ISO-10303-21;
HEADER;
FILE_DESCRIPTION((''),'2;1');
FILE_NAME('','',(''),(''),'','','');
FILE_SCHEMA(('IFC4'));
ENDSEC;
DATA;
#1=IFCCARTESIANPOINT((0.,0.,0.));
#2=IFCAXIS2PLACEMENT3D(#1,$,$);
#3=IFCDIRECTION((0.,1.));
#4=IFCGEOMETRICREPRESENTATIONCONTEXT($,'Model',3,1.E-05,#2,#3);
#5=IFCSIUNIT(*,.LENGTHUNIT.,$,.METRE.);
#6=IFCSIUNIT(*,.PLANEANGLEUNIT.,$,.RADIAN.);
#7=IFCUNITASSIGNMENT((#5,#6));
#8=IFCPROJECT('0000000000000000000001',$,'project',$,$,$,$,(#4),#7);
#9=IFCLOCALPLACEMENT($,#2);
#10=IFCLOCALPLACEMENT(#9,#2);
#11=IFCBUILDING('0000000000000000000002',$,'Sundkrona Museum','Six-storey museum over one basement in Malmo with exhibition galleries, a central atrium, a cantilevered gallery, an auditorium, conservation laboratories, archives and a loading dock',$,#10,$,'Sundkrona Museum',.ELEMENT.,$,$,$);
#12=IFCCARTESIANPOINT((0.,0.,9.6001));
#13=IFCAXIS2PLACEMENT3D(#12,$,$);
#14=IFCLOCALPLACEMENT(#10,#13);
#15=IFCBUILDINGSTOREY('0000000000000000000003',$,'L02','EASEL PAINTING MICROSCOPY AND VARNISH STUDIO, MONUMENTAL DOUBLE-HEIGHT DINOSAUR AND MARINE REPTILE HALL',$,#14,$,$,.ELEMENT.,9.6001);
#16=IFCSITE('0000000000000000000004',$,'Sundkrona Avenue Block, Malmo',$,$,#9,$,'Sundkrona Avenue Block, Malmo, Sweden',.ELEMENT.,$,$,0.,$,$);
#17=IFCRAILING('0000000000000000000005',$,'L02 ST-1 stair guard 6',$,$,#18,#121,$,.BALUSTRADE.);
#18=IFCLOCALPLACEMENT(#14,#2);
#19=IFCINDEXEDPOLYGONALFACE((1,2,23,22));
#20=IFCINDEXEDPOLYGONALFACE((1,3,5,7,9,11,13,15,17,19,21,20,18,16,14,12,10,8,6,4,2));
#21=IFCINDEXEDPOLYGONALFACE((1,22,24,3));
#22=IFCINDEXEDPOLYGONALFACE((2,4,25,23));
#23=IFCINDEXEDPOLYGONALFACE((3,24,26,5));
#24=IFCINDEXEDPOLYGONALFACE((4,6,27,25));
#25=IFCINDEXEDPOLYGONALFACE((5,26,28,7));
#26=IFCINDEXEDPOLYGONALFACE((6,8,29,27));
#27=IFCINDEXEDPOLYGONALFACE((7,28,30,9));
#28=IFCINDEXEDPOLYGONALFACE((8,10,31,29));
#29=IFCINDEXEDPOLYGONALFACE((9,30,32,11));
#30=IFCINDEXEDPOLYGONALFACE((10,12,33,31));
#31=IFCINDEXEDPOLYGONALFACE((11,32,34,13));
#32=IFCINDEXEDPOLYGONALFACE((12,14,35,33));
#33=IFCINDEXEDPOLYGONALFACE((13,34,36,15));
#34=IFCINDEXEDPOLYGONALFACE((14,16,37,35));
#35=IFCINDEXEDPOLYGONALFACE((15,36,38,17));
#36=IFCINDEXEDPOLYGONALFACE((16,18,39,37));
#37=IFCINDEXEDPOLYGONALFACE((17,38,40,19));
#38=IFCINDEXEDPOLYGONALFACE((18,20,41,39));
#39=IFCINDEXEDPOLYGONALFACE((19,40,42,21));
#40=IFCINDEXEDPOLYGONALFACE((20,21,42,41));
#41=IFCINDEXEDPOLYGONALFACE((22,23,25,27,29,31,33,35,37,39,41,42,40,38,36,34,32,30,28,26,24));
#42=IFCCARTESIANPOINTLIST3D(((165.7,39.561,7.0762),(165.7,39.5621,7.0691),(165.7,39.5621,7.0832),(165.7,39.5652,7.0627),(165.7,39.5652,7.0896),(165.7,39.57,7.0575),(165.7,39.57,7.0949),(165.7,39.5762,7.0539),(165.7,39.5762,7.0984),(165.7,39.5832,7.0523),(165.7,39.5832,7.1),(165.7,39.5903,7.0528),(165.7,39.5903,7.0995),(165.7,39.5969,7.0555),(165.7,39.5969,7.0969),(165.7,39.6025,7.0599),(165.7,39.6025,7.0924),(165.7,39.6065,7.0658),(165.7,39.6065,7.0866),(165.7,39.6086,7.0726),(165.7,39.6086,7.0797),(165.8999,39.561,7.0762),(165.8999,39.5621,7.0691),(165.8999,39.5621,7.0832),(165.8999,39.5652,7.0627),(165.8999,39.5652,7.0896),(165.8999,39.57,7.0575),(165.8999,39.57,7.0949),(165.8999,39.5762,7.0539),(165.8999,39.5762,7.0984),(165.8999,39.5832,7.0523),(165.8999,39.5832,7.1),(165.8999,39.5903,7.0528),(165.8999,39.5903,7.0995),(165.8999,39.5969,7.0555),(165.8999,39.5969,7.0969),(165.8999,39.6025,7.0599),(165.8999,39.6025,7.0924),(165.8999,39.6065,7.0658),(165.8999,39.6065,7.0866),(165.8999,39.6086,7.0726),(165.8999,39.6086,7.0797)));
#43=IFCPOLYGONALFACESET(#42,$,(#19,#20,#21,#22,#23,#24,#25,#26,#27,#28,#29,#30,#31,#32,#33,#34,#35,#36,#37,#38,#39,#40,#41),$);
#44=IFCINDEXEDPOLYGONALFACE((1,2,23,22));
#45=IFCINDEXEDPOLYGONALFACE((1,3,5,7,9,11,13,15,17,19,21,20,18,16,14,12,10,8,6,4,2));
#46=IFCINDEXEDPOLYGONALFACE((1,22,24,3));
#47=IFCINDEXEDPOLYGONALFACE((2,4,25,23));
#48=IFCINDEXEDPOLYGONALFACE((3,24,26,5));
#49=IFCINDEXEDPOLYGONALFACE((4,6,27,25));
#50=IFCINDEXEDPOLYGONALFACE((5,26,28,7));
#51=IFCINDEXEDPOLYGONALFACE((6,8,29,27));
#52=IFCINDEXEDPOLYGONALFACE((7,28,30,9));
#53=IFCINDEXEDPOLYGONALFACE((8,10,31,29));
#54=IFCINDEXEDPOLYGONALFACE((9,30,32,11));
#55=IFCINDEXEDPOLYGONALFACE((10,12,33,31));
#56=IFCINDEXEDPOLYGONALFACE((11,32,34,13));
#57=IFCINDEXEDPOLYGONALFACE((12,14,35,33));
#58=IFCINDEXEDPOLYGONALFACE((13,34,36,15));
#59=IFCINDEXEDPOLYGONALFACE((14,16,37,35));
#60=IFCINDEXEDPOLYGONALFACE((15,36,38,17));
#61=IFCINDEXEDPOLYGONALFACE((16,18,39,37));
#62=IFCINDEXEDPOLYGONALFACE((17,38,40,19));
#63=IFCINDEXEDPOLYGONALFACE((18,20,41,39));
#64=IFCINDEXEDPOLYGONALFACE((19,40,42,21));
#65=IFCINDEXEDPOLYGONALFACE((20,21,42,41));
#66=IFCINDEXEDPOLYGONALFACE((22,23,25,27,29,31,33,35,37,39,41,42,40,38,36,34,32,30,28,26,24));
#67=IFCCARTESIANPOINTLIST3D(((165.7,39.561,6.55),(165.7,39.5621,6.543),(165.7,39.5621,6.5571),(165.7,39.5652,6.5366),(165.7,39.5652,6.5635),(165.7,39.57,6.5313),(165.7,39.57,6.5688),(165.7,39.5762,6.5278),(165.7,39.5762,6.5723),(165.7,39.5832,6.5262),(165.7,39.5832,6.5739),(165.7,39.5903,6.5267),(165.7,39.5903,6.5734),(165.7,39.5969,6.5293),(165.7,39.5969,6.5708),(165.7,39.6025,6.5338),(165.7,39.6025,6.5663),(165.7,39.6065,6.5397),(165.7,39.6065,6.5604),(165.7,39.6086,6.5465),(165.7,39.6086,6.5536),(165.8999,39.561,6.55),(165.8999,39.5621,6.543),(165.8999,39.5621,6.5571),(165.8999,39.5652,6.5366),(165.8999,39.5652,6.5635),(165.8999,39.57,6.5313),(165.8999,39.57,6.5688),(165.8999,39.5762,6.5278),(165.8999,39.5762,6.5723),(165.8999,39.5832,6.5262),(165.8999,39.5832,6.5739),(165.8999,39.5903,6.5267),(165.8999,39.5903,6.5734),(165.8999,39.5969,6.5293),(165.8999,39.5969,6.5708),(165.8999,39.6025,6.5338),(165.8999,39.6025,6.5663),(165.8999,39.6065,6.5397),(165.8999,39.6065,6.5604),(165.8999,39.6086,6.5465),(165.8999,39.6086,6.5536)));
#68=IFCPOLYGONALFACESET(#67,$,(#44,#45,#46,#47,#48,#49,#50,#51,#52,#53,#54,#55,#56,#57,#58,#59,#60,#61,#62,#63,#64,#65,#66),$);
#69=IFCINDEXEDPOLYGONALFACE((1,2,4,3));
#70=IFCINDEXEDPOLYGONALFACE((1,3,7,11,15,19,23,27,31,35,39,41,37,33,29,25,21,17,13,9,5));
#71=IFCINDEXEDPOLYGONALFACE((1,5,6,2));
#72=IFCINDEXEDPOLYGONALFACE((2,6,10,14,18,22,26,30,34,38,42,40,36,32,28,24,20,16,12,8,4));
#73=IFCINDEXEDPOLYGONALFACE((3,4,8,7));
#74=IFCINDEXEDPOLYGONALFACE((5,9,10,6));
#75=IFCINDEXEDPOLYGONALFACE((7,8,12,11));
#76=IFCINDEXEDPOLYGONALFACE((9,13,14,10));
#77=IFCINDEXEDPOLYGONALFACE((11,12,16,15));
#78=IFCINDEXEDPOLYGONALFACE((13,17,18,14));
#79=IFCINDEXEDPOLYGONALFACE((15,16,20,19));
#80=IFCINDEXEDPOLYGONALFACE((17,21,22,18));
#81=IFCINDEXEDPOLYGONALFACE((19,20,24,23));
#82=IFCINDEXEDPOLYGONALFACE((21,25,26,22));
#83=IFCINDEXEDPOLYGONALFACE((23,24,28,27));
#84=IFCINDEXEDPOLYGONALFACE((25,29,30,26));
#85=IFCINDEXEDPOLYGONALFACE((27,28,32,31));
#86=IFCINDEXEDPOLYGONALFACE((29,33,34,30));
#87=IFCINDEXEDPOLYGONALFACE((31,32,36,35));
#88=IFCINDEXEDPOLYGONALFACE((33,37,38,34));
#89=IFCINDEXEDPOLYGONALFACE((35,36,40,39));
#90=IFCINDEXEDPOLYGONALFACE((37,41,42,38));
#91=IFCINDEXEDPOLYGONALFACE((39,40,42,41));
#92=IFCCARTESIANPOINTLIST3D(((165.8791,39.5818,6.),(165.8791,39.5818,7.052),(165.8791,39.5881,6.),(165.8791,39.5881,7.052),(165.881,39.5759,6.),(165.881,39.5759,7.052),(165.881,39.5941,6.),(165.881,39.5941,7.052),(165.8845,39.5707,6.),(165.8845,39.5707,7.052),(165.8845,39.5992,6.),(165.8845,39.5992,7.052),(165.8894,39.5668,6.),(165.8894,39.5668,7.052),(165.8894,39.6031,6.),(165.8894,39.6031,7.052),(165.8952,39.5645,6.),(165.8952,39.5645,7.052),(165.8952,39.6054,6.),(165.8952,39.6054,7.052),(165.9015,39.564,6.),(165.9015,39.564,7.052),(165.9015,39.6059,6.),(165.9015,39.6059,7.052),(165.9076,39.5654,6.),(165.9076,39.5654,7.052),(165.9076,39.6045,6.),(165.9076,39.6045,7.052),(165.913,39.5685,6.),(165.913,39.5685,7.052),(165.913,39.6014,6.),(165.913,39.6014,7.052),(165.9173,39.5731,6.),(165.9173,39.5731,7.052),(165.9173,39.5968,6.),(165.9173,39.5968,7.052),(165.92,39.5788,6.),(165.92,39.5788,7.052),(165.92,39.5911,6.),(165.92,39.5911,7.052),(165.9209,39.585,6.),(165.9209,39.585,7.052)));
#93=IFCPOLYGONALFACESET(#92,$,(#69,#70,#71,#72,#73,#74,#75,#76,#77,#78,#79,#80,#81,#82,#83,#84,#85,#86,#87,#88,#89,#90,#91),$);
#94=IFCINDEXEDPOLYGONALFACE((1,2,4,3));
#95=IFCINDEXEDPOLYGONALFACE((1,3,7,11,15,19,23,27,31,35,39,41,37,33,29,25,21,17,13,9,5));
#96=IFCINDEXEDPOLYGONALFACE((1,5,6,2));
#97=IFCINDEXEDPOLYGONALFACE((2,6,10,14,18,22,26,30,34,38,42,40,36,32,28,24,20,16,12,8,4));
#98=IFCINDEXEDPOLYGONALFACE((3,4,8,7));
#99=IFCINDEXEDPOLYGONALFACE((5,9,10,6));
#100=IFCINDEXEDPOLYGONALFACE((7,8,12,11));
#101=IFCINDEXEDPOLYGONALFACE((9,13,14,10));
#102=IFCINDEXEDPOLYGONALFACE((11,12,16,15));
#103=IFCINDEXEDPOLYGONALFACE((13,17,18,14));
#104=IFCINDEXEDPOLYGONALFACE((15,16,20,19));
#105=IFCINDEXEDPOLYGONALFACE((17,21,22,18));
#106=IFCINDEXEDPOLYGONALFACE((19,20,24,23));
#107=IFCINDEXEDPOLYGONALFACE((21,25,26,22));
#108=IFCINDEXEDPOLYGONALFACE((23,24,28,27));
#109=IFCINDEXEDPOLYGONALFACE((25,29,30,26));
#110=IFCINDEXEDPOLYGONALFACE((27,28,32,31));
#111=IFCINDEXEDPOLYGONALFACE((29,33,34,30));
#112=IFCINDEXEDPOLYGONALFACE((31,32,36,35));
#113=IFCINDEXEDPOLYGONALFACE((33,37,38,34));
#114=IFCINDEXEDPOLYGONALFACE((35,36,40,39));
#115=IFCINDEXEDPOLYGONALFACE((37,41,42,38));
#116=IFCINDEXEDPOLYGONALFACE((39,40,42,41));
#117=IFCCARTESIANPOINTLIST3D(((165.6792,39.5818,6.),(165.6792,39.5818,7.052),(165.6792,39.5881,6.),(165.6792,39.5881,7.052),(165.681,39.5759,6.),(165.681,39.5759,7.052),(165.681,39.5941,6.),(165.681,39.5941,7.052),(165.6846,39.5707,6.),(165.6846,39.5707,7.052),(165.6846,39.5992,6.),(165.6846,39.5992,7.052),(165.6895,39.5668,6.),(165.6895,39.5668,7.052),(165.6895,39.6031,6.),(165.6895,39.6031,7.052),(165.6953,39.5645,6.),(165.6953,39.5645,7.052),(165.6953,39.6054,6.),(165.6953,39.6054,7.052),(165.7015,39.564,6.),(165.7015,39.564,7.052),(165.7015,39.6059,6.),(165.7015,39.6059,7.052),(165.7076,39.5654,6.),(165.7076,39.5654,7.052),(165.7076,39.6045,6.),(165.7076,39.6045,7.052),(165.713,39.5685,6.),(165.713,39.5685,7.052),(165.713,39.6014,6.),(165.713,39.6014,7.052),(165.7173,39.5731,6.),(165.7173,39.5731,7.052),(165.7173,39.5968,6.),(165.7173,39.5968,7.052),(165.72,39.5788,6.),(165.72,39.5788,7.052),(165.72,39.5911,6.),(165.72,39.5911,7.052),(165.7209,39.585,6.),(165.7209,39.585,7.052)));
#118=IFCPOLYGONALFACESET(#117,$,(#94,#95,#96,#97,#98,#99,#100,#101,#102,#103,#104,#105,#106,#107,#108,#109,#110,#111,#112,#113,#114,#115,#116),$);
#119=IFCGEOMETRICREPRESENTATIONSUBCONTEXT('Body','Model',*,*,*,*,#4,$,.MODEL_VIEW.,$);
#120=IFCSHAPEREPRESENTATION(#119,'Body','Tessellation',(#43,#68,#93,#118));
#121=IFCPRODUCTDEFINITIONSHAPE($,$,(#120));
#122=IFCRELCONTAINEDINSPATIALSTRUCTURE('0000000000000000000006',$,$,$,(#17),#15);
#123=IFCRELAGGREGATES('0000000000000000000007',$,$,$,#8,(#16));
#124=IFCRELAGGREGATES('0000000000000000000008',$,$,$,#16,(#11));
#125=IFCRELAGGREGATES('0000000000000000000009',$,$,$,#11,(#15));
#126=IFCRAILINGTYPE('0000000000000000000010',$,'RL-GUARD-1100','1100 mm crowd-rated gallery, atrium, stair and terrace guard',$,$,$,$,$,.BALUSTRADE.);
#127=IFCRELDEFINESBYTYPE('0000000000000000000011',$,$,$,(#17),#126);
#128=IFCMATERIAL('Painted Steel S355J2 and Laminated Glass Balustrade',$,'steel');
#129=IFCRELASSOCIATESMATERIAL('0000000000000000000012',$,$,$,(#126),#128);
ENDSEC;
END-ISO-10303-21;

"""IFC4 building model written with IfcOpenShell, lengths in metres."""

from ifc_helpers import new_model, si_unit, direction, frame, origin, origin_2d, place, context, subcontext, project, spatial, circle, extrude, material, type_object, element, save


model = new_model("IFC4")

# Units and contexts
model_context = context("Model", 3, precision=1e-05, world=origin(), true_north=direction((0.0, 1.0)))
body_context = subcontext(model_context, "Body", "Model", "MODEL_VIEW")
ifc_project = project(units=[si_unit("LENGTHUNIT", "METRE"), si_unit("PLANEANGLEUNIT", "RADIAN")], contexts=[model_context])

# Site, building, storey
site_placement = place(None, origin())
site = spatial("IfcSite", under=ifc_project, at=site_placement, Name="Sundkrona Avenue Block, Malmo", LongName="Sundkrona Avenue Block, Malmo, Sweden", CompositionType="ELEMENT", RefElevation=0.0)
building_placement = place(site_placement, origin())
building = spatial("IfcBuilding", under=site, at=building_placement, Name="Sundkrona Museum", Description="Six-storey museum over one basement in Malmo with exhibition galleries, a central atrium, a cantilevered gallery, an auditorium, conservation laboratories, archives and a loading dock", LongName="Sundkrona Museum", CompositionType="ELEMENT")
storey_placement = place(building_placement, frame((0.0, 0.0, 9.6001)))
storey = spatial("IfcBuildingStorey", under=building, at=storey_placement, Name="L02", Description="EASEL PAINTING MICROSCOPY AND VARNISH STUDIO, MONUMENTAL DOUBLE-HEIGHT DINOSAUR AND MARINE REPTILE HALL", CompositionType="ELEMENT", Elevation=9.6001)

# Railing
ifc_material_1 = material(Name="Painted Steel S355J2 and Laminated Glass Balustrade", Category="steel")
railing_type_1 = type_object("IfcRailingType", Name="RL-GUARD-1100", Description="1100 mm crowd-rated gallery, atrium, stair and terrace guard", PredefinedType="BALUSTRADE", material=ifc_material_1)
railing_1_placement = place(storey_placement, frame((165.8999, 39.585, 6.0)))
element("IfcRailing", 1, at=railing_1_placement, inside=storey, type_object=railing_type_1, Name="L02 ST-1 stair guard 6", PredefinedType="BALUSTRADE", context=body_context, shape_type="SweptSolid", body=[
    extrude(circle(Radius=0.0239, at=origin_2d()), frame((0.0, 0.0, 1.0762), z_axis=(-1.0, 0.0, 0.0), x_axis=(0.0, -1.0, 0.0)), (0.0, 0.0, 1.0), 0.2),
    extrude(circle(Radius=0.0239, at=origin_2d()), frame((0.0, 0.0, 0.55), z_axis=(-1.0, 0.0, 0.0), x_axis=(0.0, -1.0, 0.0)), (0.0, 0.0, 1.0), 0.2),
    extrude(circle(Radius=0.021, at=origin_2d()), origin(), (0.0, 0.0, 1.0), 1.052),
    extrude(circle(Radius=0.021, at=origin_2d()), frame((-0.2, 0.0, 0.0)), (0.0, 0.0, 1.0), 1.052),
])

save(model, "model.ifc")
